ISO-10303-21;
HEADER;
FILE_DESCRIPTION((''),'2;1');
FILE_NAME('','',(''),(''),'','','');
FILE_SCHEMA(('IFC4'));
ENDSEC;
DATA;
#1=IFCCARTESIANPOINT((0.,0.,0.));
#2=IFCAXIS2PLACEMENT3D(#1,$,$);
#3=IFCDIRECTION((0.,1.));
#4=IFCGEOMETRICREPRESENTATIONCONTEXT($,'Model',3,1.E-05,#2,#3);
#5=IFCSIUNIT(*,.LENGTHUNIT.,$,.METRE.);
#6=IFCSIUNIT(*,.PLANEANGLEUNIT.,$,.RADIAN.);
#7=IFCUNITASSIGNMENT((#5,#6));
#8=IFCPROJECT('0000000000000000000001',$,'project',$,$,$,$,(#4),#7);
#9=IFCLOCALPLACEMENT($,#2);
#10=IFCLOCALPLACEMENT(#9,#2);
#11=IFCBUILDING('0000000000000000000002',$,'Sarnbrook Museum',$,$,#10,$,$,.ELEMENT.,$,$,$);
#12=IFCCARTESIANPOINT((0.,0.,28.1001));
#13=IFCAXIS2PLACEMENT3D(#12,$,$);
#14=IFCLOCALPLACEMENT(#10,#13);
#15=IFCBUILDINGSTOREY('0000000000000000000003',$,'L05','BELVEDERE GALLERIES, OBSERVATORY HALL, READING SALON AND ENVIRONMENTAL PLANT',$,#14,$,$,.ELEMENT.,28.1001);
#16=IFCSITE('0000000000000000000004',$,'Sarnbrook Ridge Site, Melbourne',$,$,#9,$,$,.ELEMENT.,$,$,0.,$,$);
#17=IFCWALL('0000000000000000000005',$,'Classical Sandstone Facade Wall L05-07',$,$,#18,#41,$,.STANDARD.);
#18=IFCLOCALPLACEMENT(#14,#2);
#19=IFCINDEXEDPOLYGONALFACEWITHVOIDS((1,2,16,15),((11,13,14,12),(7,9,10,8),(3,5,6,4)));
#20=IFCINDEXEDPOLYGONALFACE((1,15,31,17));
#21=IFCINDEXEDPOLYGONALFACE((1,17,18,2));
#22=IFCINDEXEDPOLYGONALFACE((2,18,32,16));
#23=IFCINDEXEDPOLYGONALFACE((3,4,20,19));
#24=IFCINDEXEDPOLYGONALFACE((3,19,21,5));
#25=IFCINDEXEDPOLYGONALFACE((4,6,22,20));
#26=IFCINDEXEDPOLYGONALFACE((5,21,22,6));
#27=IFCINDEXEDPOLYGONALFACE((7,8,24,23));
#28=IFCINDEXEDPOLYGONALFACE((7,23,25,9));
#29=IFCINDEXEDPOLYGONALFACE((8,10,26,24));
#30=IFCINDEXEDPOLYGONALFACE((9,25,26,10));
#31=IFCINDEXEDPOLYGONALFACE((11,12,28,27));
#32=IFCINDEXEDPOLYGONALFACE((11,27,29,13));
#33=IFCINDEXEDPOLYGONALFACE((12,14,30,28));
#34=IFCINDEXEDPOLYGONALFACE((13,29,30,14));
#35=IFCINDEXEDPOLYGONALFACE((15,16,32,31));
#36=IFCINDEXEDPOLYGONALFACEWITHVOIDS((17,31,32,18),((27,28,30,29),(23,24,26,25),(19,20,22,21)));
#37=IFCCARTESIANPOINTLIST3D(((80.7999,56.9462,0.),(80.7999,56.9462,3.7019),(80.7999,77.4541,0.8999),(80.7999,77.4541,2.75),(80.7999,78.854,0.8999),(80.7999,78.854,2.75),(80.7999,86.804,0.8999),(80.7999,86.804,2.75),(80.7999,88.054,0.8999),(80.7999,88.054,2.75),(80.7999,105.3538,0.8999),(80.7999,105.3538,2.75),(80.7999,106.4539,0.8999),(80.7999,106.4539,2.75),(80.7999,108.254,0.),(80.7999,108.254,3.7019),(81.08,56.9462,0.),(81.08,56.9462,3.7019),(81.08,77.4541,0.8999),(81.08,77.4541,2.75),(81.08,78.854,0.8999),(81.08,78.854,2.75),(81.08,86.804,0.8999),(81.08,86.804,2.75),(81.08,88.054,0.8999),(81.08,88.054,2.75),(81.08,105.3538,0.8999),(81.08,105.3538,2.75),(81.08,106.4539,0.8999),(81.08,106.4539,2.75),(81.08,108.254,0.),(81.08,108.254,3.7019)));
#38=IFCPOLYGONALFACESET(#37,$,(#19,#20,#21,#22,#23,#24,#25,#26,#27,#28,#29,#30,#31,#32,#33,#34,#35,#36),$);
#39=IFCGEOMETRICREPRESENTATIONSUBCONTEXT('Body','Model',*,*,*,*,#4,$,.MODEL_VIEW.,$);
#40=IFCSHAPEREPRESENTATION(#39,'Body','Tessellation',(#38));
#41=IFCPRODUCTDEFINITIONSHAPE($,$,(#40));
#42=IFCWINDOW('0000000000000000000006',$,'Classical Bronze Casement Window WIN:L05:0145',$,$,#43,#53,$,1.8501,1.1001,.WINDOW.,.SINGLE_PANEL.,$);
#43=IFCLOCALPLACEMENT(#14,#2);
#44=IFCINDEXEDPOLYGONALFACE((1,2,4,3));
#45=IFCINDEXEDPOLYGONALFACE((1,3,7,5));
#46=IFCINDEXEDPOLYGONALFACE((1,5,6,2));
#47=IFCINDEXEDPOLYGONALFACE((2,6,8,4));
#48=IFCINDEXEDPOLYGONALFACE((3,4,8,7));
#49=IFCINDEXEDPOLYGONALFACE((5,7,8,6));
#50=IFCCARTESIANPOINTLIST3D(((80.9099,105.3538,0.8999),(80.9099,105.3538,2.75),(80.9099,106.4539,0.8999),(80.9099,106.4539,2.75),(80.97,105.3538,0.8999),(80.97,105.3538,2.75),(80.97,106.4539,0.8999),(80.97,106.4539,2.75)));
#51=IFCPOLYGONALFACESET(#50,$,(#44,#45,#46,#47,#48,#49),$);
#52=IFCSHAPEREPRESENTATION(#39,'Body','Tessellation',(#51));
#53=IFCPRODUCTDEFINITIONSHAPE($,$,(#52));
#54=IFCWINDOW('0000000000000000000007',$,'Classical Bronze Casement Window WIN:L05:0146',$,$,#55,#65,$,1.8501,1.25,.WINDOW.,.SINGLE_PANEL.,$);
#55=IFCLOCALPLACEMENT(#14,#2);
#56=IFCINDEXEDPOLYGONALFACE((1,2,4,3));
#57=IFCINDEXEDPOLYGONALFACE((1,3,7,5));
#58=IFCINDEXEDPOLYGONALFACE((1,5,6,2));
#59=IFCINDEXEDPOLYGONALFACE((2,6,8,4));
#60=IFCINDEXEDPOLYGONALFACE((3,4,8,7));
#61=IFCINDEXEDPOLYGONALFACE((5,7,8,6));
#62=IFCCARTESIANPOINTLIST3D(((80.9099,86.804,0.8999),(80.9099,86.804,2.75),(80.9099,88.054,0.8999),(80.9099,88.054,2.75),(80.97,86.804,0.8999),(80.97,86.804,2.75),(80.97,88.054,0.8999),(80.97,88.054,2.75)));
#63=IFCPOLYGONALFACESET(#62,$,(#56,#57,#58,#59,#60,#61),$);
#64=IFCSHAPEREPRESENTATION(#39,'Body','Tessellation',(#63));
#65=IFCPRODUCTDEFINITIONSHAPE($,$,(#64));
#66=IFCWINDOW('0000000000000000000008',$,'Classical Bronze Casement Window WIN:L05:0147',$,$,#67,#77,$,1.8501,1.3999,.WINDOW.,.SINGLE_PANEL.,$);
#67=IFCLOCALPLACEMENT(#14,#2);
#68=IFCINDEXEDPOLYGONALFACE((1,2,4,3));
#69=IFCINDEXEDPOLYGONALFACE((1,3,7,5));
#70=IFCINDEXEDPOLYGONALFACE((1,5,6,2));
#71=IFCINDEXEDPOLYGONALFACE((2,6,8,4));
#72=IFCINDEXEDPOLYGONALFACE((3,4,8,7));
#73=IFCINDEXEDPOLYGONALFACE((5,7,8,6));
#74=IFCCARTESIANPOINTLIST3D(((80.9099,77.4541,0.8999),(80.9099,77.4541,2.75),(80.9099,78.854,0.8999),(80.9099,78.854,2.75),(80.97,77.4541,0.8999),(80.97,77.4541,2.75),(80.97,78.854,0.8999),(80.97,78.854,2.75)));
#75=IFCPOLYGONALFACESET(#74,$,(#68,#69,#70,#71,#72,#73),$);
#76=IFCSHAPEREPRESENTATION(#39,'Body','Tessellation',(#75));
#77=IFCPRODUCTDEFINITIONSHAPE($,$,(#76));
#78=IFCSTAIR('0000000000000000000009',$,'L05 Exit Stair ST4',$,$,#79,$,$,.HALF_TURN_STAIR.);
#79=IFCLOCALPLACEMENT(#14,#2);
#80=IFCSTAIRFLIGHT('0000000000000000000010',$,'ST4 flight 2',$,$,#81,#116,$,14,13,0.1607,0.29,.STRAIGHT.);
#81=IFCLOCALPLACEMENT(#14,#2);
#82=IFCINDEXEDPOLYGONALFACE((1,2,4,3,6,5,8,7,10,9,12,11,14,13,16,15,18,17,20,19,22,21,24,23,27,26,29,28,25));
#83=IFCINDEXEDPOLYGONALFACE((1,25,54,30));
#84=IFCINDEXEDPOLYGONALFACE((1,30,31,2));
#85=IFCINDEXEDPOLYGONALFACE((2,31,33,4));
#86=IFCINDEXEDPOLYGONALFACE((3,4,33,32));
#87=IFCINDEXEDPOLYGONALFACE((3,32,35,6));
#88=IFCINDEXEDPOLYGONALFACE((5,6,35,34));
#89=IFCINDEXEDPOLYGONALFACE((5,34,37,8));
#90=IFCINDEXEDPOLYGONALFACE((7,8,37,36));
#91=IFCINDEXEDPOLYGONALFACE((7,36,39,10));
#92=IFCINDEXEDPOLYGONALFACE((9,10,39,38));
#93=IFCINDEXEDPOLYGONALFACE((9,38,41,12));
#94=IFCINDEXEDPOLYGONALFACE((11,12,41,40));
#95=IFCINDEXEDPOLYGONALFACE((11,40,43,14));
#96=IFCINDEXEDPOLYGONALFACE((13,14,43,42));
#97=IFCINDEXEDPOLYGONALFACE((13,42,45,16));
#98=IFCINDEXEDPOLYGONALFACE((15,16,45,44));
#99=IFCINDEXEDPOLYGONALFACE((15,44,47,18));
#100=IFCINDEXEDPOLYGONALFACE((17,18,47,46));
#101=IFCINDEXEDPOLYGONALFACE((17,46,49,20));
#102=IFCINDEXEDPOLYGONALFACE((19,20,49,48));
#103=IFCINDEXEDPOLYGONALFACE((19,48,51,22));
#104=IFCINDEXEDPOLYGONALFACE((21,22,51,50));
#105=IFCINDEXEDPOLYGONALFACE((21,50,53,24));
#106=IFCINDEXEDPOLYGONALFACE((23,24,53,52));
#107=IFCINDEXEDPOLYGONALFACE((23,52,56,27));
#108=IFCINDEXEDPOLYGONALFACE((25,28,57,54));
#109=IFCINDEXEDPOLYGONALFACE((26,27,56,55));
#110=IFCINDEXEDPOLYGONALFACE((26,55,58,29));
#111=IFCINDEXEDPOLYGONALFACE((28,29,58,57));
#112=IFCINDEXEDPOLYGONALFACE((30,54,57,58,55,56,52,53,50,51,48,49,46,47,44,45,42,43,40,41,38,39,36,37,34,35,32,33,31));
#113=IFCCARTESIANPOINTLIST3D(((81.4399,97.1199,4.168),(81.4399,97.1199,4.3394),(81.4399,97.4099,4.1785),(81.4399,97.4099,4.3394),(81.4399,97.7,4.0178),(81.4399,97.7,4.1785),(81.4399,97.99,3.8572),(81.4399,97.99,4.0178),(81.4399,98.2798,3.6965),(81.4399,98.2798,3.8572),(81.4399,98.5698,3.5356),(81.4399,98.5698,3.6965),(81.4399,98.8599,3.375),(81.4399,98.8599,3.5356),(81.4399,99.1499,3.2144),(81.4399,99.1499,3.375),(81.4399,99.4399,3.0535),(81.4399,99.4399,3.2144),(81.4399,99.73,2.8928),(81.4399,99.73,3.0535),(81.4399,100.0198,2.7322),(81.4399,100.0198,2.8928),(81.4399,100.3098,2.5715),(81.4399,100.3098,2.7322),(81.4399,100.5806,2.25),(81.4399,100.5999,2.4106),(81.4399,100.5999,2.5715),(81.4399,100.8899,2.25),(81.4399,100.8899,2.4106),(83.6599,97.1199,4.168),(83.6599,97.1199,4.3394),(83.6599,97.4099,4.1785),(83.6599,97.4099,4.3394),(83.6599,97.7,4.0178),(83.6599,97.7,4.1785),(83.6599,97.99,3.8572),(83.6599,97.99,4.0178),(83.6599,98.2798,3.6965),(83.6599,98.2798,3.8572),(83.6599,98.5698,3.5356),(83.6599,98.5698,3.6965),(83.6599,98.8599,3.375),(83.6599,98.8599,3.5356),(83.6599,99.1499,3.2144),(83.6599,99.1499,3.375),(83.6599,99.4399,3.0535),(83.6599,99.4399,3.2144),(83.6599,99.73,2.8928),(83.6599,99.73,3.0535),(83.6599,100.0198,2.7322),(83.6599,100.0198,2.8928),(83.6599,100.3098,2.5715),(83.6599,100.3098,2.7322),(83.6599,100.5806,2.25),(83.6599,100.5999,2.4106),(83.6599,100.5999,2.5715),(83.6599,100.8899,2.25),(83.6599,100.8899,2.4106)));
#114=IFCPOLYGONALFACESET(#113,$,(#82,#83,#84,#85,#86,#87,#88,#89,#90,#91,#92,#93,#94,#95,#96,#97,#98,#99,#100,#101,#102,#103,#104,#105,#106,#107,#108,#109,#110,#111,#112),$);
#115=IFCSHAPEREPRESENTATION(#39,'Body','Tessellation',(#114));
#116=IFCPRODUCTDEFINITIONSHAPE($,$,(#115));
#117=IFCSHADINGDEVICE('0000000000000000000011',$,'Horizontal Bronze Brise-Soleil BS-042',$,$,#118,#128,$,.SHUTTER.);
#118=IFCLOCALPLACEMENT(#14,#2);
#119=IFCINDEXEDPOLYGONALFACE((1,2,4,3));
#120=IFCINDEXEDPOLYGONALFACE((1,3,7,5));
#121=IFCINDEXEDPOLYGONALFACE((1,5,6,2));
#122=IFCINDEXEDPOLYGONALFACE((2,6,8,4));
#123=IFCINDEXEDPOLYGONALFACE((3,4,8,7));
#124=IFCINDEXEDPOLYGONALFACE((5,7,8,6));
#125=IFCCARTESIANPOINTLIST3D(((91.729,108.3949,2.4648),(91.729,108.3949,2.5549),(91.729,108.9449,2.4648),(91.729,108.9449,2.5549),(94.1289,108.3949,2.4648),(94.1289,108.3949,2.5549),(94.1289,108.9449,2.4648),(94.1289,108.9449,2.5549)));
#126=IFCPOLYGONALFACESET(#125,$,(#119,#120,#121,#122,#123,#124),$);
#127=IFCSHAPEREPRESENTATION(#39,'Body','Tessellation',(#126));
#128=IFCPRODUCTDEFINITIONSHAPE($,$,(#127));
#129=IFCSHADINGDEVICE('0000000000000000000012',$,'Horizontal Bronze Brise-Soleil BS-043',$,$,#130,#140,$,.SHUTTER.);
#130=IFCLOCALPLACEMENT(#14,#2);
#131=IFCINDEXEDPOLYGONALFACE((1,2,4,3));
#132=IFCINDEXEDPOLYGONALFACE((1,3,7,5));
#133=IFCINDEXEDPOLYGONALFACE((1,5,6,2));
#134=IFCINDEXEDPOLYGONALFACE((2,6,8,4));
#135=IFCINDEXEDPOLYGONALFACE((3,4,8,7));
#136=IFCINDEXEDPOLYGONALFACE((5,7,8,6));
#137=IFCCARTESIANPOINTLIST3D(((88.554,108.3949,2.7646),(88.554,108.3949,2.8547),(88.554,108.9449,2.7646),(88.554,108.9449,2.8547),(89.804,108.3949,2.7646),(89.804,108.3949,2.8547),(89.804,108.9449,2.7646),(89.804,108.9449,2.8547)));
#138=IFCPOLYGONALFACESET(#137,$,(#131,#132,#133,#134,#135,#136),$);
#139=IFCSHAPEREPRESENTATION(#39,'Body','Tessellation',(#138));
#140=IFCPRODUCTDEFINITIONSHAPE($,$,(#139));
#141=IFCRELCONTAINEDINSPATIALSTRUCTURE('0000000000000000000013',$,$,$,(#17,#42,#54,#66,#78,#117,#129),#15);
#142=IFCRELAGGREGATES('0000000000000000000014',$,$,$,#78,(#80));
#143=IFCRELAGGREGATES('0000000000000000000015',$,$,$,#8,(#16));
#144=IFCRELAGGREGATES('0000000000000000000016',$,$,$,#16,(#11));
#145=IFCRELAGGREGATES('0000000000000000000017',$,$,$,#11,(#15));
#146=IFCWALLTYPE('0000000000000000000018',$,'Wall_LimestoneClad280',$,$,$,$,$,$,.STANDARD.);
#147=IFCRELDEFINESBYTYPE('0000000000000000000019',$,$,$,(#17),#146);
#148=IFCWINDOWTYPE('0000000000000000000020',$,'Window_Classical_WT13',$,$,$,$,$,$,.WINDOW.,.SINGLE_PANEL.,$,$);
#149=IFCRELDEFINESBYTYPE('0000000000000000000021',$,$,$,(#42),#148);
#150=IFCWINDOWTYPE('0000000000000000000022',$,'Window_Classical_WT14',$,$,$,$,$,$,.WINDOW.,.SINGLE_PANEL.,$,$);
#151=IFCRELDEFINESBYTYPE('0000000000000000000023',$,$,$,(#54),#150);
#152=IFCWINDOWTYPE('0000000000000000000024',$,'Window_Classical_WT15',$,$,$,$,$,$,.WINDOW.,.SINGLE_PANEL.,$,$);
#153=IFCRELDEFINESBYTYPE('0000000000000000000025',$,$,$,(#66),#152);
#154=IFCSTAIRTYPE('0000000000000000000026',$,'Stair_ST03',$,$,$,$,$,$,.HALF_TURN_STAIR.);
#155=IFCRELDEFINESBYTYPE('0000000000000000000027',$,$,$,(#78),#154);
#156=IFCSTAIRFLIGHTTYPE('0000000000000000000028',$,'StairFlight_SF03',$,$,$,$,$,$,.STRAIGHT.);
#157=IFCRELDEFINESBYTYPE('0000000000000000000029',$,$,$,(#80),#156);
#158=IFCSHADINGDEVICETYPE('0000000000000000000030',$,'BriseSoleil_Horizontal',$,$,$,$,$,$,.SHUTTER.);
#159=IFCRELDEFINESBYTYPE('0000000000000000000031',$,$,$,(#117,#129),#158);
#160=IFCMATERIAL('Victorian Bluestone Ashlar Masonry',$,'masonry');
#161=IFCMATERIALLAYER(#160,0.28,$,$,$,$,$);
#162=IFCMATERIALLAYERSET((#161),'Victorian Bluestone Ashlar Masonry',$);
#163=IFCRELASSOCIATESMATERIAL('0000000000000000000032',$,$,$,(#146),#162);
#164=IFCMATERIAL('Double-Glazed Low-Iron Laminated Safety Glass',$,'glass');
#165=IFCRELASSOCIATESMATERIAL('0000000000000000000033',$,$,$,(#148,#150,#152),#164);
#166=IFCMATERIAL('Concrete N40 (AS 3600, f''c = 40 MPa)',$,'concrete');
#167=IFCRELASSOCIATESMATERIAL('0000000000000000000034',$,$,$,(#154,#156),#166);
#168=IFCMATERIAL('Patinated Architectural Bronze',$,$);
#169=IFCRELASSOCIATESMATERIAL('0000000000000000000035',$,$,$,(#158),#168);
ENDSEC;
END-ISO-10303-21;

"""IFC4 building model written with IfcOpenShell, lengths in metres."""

from ifc_helpers import new_model, si_unit, direction, frame, frame_2d, origin, origin_2d, place, context, subcontext, project, spatial, polyline, rectangle, outline, extrude, material, layer, layer_set, type_object, element, fill, aggregate, save


model = new_model("IFC4")

# Units and contexts
model_context = context("Model", 3, precision=1e-05, world=origin(), true_north=direction((0.0, 1.0)))
body_context = subcontext(model_context, "Body", "Model", "MODEL_VIEW")
ifc_project = project(units=[si_unit("LENGTHUNIT", "METRE"), si_unit("PLANEANGLEUNIT", "RADIAN")], contexts=[model_context])

# Site, building, storey
site_placement = place(None, origin())
site = spatial("IfcSite", under=ifc_project, at=site_placement, Name="Sarnbrook Ridge Site, Melbourne", CompositionType="ELEMENT", RefElevation=0.0)
building_placement = place(site_placement, origin())
building = spatial("IfcBuilding", under=site, at=building_placement, Name="Sarnbrook Museum", CompositionType="ELEMENT")
storey_placement = place(building_placement, frame((0.0, 0.0, 28.1001)))
storey = spatial("IfcBuildingStorey", under=building, at=storey_placement, Name="L05", Description="BELVEDERE GALLERIES, OBSERVATORY HALL, READING SALON AND ENVIRONMENTAL PLANT", CompositionType="ELEMENT", Elevation=28.1001)

# Shared definitions
ifc_material_1 = material(Name="Concrete N40 (AS 3600, f'c = 40 MPa)", Category="concrete")

# Wall, openings, windows
ifc_material_2 = material(Name="Victorian Bluestone Ashlar Masonry", Category="masonry")
ifc_layer_1 = layer(ifc_material_2, 0.28)
ifc_layer_set_1 = layer_set([ifc_layer_1], Name="Victorian Bluestone Ashlar Masonry")
wall_type_1 = type_object("IfcWallType", Name="Wall_LimestoneClad280", PredefinedType="STANDARD", material=ifc_layer_set_1)
wall_1_placement = place(storey_placement, frame((80.9399, 108.2539, 0.0), z_axis=(0.0, 0.0, 1.0), x_axis=(0.0, -1.0, 0.0)))
wall_1 = element("IfcWall", 1, at=wall_1_placement, inside=storey, type_object=wall_type_1, Name="Classical Sandstone Facade Wall L05-07", PredefinedType="STANDARD", context=body_context, shape_type="SweptSolid", body=[
    extrude(rectangle(XDim=51.3079, YDim=0.28, at=frame_2d((25.6538, 0.0))), origin(), (0.0, 0.0, 1.0), 3.7019),
])
opening_1_placement = place(wall_1_placement, frame((1.8, 0.0, 0.8999)))
opening_1 = element("IfcOpeningElement", 2, at=opening_1_placement, cuts=wall_1, PredefinedType="OPENING", context=body_context, shape_type="SweptSolid", body=[
    extrude(rectangle(XDim=1.1001, YDim=1.8501, at=frame_2d((0.55, 0.925))), frame((0.0, 0.1499, 0.0), z_axis=(0.0, -1.0, 0.0), x_axis=(1.0, 0.0, 0.0)), (0.0, 0.0, 1.0), 0.3),
])
opening_2_placement = place(wall_1_placement, frame((20.2, 0.0, 0.8999)))
opening_2 = element("IfcOpeningElement", 3, at=opening_2_placement, cuts=wall_1, PredefinedType="OPENING", context=body_context, shape_type="SweptSolid", body=[
    extrude(rectangle(XDim=1.25, YDim=1.8501, at=frame_2d((0.625, 0.925))), frame((0.0, 0.1499, 0.0), z_axis=(0.0, -1.0, 0.0), x_axis=(1.0, 0.0, 0.0)), (0.0, 0.0, 1.0), 0.3),
])
opening_3_placement = place(wall_1_placement, frame((29.3999, 0.0, 0.8999)))
opening_3 = element("IfcOpeningElement", 4, at=opening_3_placement, cuts=wall_1, PredefinedType="OPENING", context=body_context, shape_type="SweptSolid", body=[
    extrude(rectangle(XDim=1.3999, YDim=1.8501, at=frame_2d((0.7, 0.925))), frame((0.0, 0.1499, 0.0), z_axis=(0.0, -1.0, 0.0), x_axis=(1.0, 0.0, 0.0)), (0.0, 0.0, 1.0), 0.3),
])
ifc_material_3 = material(Name="Double-Glazed Low-Iron Laminated Safety Glass", Category="glass")
window_type_1 = type_object("IfcWindowType", Name="Window_Classical_WT13", PartitioningType="SINGLE_PANEL", PredefinedType="WINDOW", material=ifc_material_3)
window_1_placement = place(opening_1_placement, origin())
window_1 = element("IfcWindow", 5, at=window_1_placement, inside=storey, type_object=window_type_1, Name="Classical Bronze Casement Window WIN:L05:0145", OverallHeight=1.8501, OverallWidth=1.1001, PartitioningType="SINGLE_PANEL", PredefinedType="WINDOW", context=body_context, shape_type="SweptSolid", body=[
    extrude(rectangle(XDim=1.1001, YDim=1.8501, at=frame_2d((0.55, 0.925))), frame((0.0, 0.03, 0.0), z_axis=(0.0, -1.0, 0.0), x_axis=(1.0, 0.0, 0.0)), (0.0, 0.0, 1.0), 0.0601),
])
fill(opening_1, window_1)
window_type_2 = type_object("IfcWindowType", Name="Window_Classical_WT14", PartitioningType="SINGLE_PANEL", PredefinedType="WINDOW", material=ifc_material_3)
window_2_placement = place(opening_2_placement, origin())
window_2 = element("IfcWindow", 6, at=window_2_placement, inside=storey, type_object=window_type_2, Name="Classical Bronze Casement Window WIN:L05:0146", OverallHeight=1.8501, OverallWidth=1.25, PartitioningType="SINGLE_PANEL", PredefinedType="WINDOW", context=body_context, shape_type="SweptSolid", body=[
    extrude(rectangle(XDim=1.25, YDim=1.8501, at=frame_2d((0.625, 0.925))), frame((0.0, 0.03, 0.0), z_axis=(0.0, -1.0, 0.0), x_axis=(1.0, 0.0, 0.0)), (0.0, 0.0, 1.0), 0.0601),
])
fill(opening_2, window_2)
window_type_3 = type_object("IfcWindowType", Name="Window_Classical_WT15", PartitioningType="SINGLE_PANEL", PredefinedType="WINDOW", material=ifc_material_3)
window_3_placement = place(opening_3_placement, origin())
window_3 = element("IfcWindow", 7, at=window_3_placement, inside=storey, type_object=window_type_3, Name="Classical Bronze Casement Window WIN:L05:0147", OverallHeight=1.8501, OverallWidth=1.3999, PartitioningType="SINGLE_PANEL", PredefinedType="WINDOW", context=body_context, shape_type="SweptSolid", body=[
    extrude(rectangle(XDim=1.3999, YDim=1.8501, at=frame_2d((0.7, 0.925))), frame((0.0, 0.03, 0.0), z_axis=(0.0, -1.0, 0.0), x_axis=(1.0, 0.0, 0.0)), (0.0, 0.0, 1.0), 0.0601),
])
fill(opening_3, window_3)

# Stair, stair flight
stair_type = type_object("IfcStairType", Name="Stair_ST03", PredefinedType="HALF_TURN_STAIR", material=ifc_material_1)
stair_placement = place(storey_placement, origin())
stair = element("IfcStair", 8, at=stair_placement, inside=storey, type_object=stair_type, Name="L05 Exit Stair ST4", PredefinedType="HALF_TURN_STAIR")
stair_flight_type = type_object("IfcStairFlightType", Name="StairFlight_SF03", PredefinedType="STRAIGHT", material=ifc_material_1)
stair_flight_placement = place(storey_placement, frame((82.55, 100.8899, 2.25), z_axis=(0.0, 0.0, 1.0), x_axis=(0.0, -1.0, 0.0)))
stair_flight = element("IfcStairFlight", 9, at=stair_flight_placement, type_object=stair_flight_type, Name="ST4 flight 2", NumberOfRisers=14, NumberOfTreads=13, PredefinedType="STRAIGHT", RiserHeight=0.1607, TreadLength=0.29, context=body_context, shape_type="SweptSolid", body=[
    extrude(outline(polyline([(0.0, 0.0), (0.0, 0.1606), (0.29, 0.1606), (0.29, 0.3215), (0.5801, 0.3215), (0.5801, 0.4822), (0.8701, 0.4822), (0.8701, 0.6428), (1.1599, 0.6428), (1.1599, 0.8035), (1.45, 0.8035), (1.45, 0.9644), (1.74, 0.9644), (1.74, 1.125), (2.03, 1.125), (2.03, 1.2856), (2.3201, 1.2856), (2.3201, 1.4465), (2.6101, 1.4465), (2.6101, 1.6072), (2.8999, 1.6072), (2.8999, 1.7678), (3.1899, 1.7678), (3.1899, 1.9285), (3.48, 1.9285), (3.48, 2.0894), (3.77, 2.0894), (3.77, 2.25), (3.77, 1.918), (0.3093, 0.0), (0.0, 0.0)])), frame((0.0, 1.1099, 0.0), z_axis=(0.0, -1.0, 0.0), x_axis=(1.0, 0.0, 0.0)), (0.0, 0.0, 1.0), 2.22),
])
aggregate(stair, [stair_flight])

# Shading devices
ifc_material_4 = material(Name="Patinated Architectural Bronze")
shading_device_type_1 = type_object("IfcShadingDeviceType", Name="BriseSoleil_Horizontal", PredefinedType="SHUTTER", material=ifc_material_4)
shading_device_1_placement = place(storey_placement, frame((92.929, 108.6699, 2.4648), z_axis=(0.0, 0.0, 1.0), x_axis=(1.0, 0.0, 0.0)))
element("IfcShadingDevice", 10, at=shading_device_1_placement, inside=storey, type_object=shading_device_type_1, Name="Horizontal Bronze Brise-Soleil BS-042", PredefinedType="SHUTTER", context=body_context, shape_type="SweptSolid", body=[
    extrude(rectangle(XDim=2.3999, YDim=0.55, at=origin_2d()), origin(), (0.0, 0.0, 1.0), 0.0901),
])
shading_device_2_placement = place(storey_placement, frame((89.179, 108.6699, 2.7646), z_axis=(0.0, 0.0, 1.0), x_axis=(1.0, 0.0, 0.0)))
element("IfcShadingDevice", 11, at=shading_device_2_placement, inside=storey, type_object=shading_device_type_1, Name="Horizontal Bronze Brise-Soleil BS-043", PredefinedType="SHUTTER", context=body_context, shape_type="SweptSolid", body=[
    extrude(rectangle(XDim=1.25, YDim=0.55, at=origin_2d()), origin(), (0.0, 0.0, 1.0), 0.0901),
])

save(model, "model.ifc")
